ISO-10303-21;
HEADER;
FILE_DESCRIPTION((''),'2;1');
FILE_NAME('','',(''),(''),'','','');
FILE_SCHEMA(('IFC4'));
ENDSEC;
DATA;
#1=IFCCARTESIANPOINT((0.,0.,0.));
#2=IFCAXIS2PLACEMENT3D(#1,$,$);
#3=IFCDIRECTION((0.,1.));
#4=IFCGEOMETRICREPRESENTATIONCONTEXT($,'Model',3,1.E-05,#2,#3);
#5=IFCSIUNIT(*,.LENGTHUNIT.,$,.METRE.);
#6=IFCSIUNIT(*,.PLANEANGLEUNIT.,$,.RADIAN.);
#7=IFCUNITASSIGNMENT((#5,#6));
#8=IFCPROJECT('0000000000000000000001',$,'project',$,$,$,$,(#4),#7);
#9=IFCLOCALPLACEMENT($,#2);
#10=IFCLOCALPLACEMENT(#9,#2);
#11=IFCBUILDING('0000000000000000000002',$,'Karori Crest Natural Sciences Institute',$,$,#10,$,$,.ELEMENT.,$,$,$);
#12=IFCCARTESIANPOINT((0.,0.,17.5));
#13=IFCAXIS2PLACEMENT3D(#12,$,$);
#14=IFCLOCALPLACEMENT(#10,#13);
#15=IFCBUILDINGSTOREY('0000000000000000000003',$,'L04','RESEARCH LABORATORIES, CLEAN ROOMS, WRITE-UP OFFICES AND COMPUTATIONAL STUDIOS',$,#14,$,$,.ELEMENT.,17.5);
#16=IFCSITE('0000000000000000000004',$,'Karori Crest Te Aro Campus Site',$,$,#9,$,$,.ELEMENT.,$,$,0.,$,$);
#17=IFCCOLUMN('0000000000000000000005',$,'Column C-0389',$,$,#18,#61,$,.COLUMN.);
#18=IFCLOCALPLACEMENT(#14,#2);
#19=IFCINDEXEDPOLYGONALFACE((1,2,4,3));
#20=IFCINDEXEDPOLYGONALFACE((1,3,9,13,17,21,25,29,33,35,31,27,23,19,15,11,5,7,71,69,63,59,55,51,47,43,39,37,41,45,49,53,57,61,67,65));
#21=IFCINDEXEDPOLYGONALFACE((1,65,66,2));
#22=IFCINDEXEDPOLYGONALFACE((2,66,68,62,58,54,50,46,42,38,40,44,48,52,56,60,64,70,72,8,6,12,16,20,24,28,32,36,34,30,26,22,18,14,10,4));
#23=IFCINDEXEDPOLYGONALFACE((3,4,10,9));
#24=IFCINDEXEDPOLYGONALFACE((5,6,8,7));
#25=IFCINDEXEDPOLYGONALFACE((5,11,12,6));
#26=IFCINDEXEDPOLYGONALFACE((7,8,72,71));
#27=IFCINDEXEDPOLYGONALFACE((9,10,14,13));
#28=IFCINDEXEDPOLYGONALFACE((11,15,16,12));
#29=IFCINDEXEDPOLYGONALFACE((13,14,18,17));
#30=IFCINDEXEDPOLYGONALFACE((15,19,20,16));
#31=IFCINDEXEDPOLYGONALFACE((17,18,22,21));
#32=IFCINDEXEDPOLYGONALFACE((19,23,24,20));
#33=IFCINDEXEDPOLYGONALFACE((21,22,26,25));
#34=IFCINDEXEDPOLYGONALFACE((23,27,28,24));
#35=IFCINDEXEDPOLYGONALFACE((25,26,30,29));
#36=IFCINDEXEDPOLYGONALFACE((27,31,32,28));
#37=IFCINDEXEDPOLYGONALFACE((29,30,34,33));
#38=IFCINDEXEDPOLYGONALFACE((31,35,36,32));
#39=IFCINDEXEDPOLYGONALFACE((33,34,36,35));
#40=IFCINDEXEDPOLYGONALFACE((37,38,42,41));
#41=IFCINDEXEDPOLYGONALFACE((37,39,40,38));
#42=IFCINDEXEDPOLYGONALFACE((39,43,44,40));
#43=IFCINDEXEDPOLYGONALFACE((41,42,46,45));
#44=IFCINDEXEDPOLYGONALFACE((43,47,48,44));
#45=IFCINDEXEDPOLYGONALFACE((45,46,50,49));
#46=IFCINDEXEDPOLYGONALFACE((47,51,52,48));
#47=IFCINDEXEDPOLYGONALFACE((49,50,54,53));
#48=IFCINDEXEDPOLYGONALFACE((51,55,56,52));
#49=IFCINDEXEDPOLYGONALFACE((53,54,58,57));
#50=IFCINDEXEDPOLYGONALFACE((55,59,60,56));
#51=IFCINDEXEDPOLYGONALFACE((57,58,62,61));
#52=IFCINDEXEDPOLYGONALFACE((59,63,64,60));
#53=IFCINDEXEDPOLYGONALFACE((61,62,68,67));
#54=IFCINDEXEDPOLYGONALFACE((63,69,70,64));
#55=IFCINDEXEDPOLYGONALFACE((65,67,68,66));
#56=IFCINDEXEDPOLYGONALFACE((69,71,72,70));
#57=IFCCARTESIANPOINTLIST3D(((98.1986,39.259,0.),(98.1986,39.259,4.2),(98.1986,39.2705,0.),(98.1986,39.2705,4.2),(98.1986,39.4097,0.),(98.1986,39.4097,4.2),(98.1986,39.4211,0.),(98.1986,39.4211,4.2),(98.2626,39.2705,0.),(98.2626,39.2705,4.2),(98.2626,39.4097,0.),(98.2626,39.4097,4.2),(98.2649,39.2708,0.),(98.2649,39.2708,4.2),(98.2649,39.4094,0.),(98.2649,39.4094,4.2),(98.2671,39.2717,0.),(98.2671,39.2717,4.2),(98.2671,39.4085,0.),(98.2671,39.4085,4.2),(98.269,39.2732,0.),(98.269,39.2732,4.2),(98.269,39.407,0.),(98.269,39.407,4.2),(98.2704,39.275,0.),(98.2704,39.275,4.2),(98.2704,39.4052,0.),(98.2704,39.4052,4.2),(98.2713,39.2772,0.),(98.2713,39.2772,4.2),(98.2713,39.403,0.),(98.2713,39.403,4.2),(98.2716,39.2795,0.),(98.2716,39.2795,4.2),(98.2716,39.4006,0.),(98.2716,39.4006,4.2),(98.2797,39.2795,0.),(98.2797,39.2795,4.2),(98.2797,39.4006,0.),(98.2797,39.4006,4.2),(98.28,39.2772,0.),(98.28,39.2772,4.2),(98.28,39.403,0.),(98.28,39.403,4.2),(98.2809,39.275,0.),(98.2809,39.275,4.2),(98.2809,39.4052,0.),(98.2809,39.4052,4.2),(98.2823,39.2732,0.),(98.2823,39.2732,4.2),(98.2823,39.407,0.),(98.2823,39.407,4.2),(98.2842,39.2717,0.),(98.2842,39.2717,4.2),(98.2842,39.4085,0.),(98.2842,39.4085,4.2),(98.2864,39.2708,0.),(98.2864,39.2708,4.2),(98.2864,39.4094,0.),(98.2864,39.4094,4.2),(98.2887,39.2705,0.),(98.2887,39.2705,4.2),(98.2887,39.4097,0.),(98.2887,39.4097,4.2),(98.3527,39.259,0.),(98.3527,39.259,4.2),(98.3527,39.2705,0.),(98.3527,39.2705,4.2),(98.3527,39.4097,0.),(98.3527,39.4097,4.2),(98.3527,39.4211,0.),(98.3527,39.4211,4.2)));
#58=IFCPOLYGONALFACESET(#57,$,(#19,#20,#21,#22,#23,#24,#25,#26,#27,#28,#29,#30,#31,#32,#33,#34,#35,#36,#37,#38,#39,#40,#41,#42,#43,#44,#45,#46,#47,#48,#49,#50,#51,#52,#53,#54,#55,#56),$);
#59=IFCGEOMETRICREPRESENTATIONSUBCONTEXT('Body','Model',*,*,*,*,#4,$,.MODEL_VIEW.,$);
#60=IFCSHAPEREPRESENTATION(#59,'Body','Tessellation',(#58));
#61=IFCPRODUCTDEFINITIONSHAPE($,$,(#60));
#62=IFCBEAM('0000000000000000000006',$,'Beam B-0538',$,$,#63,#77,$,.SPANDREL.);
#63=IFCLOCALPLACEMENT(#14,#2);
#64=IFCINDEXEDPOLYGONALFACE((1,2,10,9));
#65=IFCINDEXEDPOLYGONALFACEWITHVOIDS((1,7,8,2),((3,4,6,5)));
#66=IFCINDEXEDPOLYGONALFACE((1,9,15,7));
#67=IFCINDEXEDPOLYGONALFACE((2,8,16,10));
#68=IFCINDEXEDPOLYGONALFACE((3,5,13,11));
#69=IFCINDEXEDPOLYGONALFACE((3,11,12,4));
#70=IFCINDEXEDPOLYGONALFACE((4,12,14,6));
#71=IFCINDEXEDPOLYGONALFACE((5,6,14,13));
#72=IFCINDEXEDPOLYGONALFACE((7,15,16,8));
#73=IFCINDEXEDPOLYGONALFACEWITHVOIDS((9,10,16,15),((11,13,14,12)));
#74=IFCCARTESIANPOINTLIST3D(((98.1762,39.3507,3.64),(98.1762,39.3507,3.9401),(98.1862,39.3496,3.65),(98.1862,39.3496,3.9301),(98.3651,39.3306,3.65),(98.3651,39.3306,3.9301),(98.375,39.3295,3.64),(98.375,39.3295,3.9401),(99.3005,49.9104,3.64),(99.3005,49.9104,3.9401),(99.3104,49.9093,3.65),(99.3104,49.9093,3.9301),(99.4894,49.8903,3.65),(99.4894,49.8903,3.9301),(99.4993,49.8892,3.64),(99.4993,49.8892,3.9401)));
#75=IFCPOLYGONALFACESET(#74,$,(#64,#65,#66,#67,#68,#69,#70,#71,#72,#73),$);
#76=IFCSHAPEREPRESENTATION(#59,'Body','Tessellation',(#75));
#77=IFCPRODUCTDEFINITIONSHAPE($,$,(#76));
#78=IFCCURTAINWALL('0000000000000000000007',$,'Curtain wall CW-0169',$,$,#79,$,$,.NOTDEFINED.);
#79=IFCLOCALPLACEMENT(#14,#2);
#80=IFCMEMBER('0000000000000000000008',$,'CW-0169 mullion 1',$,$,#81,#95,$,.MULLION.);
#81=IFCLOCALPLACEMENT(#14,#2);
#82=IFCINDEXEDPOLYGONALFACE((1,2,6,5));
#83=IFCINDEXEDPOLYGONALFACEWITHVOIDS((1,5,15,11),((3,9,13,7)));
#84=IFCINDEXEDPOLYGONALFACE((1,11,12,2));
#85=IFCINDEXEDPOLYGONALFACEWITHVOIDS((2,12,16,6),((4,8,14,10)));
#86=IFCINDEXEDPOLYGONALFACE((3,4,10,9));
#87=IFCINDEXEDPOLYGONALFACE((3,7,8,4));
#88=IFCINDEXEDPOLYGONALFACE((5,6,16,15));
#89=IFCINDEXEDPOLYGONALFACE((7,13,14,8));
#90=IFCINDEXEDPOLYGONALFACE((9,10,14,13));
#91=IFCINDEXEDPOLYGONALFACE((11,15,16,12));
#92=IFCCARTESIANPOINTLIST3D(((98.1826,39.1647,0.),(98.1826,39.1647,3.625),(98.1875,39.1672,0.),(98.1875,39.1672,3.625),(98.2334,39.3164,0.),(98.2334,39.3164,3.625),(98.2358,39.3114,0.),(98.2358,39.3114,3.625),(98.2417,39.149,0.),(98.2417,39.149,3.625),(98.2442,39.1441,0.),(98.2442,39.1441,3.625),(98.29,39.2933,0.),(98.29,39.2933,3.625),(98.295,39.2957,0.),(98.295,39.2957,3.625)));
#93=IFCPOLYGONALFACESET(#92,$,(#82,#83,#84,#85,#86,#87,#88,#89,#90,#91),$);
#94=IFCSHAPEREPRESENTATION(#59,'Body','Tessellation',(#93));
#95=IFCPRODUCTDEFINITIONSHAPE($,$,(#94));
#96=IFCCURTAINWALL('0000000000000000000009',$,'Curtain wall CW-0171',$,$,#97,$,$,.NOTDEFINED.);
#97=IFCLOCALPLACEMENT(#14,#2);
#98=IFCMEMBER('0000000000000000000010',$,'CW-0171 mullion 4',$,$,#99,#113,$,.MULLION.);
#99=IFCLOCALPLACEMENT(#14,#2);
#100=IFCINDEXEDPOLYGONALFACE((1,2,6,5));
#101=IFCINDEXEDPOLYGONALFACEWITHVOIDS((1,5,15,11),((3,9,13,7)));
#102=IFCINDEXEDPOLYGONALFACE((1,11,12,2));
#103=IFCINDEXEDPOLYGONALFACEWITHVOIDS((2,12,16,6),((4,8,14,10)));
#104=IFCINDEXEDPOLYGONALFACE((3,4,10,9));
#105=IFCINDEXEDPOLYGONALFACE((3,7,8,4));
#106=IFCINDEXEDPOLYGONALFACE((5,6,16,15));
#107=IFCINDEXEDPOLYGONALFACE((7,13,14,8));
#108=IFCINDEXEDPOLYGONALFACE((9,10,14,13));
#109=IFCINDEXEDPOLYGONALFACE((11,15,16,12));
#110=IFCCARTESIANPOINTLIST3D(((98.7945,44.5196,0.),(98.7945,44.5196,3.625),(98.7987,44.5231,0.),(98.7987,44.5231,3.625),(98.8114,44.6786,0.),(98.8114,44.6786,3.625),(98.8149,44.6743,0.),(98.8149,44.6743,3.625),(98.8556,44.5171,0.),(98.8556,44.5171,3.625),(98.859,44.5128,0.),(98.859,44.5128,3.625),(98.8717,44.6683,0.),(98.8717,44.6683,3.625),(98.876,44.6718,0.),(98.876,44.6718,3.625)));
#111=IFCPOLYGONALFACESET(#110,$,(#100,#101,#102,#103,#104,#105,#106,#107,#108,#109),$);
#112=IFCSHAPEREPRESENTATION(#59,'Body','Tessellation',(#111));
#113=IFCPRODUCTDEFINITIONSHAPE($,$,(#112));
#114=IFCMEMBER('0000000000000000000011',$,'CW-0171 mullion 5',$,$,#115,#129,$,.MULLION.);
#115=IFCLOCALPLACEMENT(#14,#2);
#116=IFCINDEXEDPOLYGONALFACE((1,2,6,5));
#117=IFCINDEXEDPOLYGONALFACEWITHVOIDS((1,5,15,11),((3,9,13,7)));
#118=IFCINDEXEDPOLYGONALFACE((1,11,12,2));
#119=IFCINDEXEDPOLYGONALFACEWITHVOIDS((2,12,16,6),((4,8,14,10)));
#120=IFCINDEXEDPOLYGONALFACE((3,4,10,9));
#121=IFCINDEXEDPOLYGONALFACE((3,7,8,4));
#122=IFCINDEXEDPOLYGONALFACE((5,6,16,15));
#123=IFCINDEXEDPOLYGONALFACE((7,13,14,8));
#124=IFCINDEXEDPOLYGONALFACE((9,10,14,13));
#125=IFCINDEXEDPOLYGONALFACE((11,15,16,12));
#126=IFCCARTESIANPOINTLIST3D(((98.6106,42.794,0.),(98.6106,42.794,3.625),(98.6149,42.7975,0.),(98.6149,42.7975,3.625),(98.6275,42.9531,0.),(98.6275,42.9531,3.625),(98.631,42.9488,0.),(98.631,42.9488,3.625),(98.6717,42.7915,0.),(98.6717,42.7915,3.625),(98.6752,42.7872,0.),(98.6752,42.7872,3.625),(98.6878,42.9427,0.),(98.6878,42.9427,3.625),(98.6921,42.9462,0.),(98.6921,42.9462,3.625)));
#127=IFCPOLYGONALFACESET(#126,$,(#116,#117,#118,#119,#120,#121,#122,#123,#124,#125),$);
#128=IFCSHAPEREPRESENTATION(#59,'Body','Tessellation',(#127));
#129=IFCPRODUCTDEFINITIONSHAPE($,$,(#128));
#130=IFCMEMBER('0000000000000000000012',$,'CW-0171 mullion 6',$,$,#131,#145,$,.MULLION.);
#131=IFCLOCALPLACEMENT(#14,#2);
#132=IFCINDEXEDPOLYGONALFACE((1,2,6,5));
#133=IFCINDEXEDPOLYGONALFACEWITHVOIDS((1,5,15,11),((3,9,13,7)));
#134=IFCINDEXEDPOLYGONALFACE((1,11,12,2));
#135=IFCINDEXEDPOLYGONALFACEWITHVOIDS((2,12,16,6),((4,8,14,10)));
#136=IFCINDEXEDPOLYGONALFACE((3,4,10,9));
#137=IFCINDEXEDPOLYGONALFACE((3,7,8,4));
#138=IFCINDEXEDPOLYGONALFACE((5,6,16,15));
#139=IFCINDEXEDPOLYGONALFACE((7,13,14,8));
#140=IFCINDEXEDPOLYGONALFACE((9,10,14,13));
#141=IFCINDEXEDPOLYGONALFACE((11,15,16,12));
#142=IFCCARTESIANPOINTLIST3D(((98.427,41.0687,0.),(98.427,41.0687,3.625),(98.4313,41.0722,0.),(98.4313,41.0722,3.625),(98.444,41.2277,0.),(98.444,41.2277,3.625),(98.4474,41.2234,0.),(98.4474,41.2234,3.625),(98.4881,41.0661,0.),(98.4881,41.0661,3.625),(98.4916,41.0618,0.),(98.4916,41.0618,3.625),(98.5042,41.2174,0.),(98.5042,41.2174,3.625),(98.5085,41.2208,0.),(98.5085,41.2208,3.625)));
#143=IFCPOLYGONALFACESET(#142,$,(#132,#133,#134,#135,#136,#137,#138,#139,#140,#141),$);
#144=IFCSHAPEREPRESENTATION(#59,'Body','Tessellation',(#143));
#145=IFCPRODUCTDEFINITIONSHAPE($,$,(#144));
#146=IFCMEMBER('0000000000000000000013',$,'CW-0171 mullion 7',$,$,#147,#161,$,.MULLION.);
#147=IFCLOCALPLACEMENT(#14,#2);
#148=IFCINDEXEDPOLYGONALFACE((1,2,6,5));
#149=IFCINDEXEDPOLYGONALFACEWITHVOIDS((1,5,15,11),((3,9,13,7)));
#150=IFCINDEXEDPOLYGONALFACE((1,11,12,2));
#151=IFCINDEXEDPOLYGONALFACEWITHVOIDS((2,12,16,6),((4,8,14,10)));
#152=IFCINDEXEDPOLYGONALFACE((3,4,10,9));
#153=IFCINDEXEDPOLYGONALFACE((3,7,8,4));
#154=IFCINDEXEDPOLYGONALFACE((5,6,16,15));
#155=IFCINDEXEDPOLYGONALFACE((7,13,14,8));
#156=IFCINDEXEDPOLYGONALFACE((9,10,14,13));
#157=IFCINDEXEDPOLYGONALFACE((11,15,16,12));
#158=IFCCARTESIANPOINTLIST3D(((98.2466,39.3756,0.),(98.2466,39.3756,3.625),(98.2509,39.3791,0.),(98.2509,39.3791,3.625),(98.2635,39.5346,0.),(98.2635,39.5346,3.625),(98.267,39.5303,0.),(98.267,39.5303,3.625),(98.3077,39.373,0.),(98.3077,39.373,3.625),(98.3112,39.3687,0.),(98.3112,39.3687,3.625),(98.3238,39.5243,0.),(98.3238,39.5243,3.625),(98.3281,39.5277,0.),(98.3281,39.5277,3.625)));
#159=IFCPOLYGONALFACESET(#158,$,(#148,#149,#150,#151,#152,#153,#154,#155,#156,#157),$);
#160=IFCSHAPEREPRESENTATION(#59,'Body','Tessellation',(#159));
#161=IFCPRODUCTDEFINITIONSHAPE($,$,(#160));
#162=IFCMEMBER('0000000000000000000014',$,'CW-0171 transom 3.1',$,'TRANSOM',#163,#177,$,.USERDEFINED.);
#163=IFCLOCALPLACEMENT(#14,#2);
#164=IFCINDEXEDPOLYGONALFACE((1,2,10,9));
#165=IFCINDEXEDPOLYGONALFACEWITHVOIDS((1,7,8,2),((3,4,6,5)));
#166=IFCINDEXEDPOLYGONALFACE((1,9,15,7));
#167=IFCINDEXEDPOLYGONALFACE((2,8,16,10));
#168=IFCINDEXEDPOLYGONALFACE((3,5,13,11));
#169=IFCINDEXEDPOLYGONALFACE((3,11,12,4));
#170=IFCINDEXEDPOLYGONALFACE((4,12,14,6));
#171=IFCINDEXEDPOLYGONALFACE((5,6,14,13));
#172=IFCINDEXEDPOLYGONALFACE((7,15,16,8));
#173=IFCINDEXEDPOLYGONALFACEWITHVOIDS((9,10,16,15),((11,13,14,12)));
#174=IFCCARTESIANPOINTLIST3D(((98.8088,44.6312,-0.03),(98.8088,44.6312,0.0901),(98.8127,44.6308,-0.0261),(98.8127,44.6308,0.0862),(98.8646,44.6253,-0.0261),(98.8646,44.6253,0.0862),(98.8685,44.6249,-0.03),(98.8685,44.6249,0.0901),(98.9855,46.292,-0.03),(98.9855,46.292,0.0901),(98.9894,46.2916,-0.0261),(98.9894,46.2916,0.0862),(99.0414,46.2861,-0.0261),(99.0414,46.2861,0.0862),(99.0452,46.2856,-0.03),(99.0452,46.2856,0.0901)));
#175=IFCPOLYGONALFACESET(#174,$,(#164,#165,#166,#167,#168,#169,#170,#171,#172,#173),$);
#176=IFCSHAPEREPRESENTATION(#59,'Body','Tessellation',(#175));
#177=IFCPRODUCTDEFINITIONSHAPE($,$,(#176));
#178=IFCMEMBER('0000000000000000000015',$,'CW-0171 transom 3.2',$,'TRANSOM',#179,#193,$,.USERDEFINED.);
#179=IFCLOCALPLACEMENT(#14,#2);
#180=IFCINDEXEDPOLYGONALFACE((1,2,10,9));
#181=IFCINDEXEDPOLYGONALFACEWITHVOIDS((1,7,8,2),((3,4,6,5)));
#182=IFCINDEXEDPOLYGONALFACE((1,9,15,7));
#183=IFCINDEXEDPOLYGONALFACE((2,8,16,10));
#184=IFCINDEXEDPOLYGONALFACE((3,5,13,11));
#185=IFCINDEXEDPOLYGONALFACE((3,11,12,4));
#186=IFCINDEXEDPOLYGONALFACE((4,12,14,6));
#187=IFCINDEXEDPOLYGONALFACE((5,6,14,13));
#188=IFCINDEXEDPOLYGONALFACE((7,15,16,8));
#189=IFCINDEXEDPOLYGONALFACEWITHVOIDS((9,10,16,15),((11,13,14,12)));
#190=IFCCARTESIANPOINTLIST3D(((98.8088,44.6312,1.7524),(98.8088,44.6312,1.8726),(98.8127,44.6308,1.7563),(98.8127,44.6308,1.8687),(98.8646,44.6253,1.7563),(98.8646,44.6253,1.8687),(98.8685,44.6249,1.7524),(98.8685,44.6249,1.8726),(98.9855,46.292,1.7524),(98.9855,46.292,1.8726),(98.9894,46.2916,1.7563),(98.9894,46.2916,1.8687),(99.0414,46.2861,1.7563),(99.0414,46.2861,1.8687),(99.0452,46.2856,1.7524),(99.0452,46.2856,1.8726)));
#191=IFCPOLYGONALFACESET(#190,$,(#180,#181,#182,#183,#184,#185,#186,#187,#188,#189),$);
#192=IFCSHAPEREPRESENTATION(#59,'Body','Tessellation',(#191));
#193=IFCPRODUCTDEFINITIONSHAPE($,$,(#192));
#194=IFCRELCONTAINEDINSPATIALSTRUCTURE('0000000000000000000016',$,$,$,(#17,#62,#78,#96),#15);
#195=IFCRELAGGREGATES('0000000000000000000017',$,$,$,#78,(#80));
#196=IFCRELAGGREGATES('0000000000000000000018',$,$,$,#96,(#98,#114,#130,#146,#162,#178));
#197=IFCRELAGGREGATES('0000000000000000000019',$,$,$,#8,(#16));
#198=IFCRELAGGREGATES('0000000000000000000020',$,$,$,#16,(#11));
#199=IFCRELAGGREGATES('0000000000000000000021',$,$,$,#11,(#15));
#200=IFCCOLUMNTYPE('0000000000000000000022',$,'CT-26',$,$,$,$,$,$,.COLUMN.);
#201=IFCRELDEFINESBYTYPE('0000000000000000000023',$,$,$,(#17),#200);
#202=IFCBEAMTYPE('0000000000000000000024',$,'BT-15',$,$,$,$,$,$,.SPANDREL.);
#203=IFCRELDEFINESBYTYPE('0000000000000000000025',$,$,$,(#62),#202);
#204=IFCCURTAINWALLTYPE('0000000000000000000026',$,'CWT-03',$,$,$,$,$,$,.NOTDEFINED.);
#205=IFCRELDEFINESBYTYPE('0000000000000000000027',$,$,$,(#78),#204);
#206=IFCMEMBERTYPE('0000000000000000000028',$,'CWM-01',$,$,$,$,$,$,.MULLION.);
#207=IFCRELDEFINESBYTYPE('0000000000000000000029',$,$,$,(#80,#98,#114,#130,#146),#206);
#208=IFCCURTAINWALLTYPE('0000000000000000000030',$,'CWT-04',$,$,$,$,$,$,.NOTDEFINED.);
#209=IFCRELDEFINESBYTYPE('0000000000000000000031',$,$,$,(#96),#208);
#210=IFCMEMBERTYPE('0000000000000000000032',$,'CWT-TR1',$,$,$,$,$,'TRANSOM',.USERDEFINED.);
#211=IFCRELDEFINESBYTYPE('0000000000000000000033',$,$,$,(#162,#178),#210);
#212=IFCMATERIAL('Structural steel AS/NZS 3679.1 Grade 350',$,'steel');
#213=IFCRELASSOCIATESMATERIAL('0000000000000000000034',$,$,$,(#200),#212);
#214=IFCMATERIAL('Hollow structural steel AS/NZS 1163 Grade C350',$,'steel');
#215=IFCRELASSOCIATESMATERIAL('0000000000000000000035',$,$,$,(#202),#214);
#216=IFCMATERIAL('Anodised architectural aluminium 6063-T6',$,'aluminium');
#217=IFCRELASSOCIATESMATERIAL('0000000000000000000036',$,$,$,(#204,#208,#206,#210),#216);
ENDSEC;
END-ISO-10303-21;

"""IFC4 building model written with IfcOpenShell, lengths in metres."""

from ifc_helpers import new_model, si_unit, direction, frame, origin, origin_2d, place, context, subcontext, project, spatial, hollow_rectangle, i_section, extrude, material, material_profile, profile_set, type_object, element, aggregate, save


model = new_model("IFC4")

# Units and contexts
model_context = context("Model", 3, precision=1e-05, world=origin(), true_north=direction((0.0, 1.0)))
body_context = subcontext(model_context, "Body", "Model", "MODEL_VIEW")
ifc_project = project(units=[si_unit("LENGTHUNIT", "METRE"), si_unit("PLANEANGLEUNIT", "RADIAN")], contexts=[model_context])

# Site, building, storey
site_placement = place(None, origin())
site = spatial("IfcSite", under=ifc_project, at=site_placement, Name="Karori Crest Te Aro Campus Site", CompositionType="ELEMENT", RefElevation=0.0)
building_placement = place(site_placement, origin())
building = spatial("IfcBuilding", under=site, at=building_placement, Name="Karori Crest Natural Sciences Institute", CompositionType="ELEMENT")
storey_placement = place(building_placement, frame((0.0, 0.0, 17.5)))
storey = spatial("IfcBuildingStorey", under=building, at=storey_placement, Name="L04", Description="RESEARCH LABORATORIES, CLEAN ROOMS, WRITE-UP OFFICES AND COMPUTATIONAL STUDIOS", CompositionType="ELEMENT", Elevation=17.5)

# Column
ifc_material_1 = material(Name="Structural steel AS/NZS 3679.1 Grade 350", Category="steel")
ifc_material_profile_1 = material_profile(ifc_material_1, i_section(OverallWidth=0.1541, OverallDepth=0.1621, WebThickness=0.0081, FlangeThickness=0.0115, FilletRadius=0.009, at=origin_2d()), Name="150UC37.2")
ifc_profile_set_1 = profile_set([ifc_material_profile_1], Name="Structural steel AS/NZS 3679.1 Grade 350")
column_type = type_object("IfcColumnType", Name="CT-26", PredefinedType="COLUMN", material=ifc_profile_set_1)
column_placement = place(storey_placement, frame((98.2756, 39.3401, 0.0), z_axis=(0.0, 0.0, 1.0), x_axis=(1.0, 0.0, 0.0)))
element("IfcColumn", 1, at=column_placement, inside=storey, type_object=column_type, Name="Column C-0389", PredefinedType="COLUMN", context=body_context, shape_type="SweptSolid", body=[
    extrude(i_section(OverallWidth=0.1541, OverallDepth=0.1621, WebThickness=0.0081, FlangeThickness=0.0115, FilletRadius=0.009, at=origin_2d()), origin(), (0.0, 0.0, 1.0), 4.2),
])

# Beam
ifc_material_2 = material(Name="Hollow structural steel AS/NZS 1163 Grade C350", Category="steel")
ifc_material_profile_2 = material_profile(ifc_material_2, hollow_rectangle(XDim=0.2, YDim=0.3, WallThickness=0.01, at=origin_2d()), Name="RHS300x200x10")
ifc_profile_set_2 = profile_set([ifc_material_profile_2], Name="Hollow structural steel AS/NZS 1163 Grade C350")
beam_type = type_object("IfcBeamType", Name="BT-15", PredefinedType="SPANDREL", material=ifc_profile_set_2)
beam_placement = place(storey_placement, frame((98.2756, 39.3401, 3.79), z_axis=(0.105868, 0.99438, 0.0), x_axis=(-0.99438, 0.105868, 0.0)))
element("IfcBeam", 2, at=beam_placement, inside=storey, type_object=beam_type, Name="Beam B-0538", PredefinedType="SPANDREL", context=body_context, shape_type="SweptSolid", body=[
    extrude(hollow_rectangle(XDim=0.2, YDim=0.3, WallThickness=0.01, at=origin_2d()), origin(), (0.0, 0.0, 1.0), 10.6194),
])

# Curtain wall, member
ifc_material_3 = material(Name="Anodised architectural aluminium 6063-T6", Category="aluminium")
curtain_wall_type_1 = type_object("IfcCurtainWallType", Name="CWT-03", PredefinedType="NOTDEFINED", material=ifc_material_3)
curtain_wall_1_placement = place(storey_placement, origin())
curtain_wall_1 = element("IfcCurtainWall", 3, at=curtain_wall_1_placement, inside=storey, type_object=curtain_wall_type_1, Name="Curtain wall CW-0169", PredefinedType="NOTDEFINED")
ifc_material_profile_3 = material_profile(ifc_material_3, hollow_rectangle(XDim=0.0649, YDim=0.1599, WallThickness=0.0039, at=origin_2d()), Name="CWM160x65x4")
ifc_profile_set_3 = profile_set([ifc_material_profile_3], Name="Anodised architectural aluminium 6063-T6")
member_type_1 = type_object("IfcMemberType", Name="CWM-01", PredefinedType="MULLION", material=ifc_profile_set_3)
member_1_placement = place(storey_placement, frame((98.2388, 39.2302, 0.0), z_axis=(0.0, 0.0, 1.0), x_axis=(0.948198, -0.31768, 0.0)))
member_1 = element("IfcMember", 4, at=member_1_placement, type_object=member_type_1, Name="CW-0169 mullion 1", PredefinedType="MULLION", context=body_context, shape_type="SweptSolid", body=[
    extrude(hollow_rectangle(XDim=0.0649, YDim=0.1599, WallThickness=0.0039, at=origin_2d()), origin(), (0.0, 0.0, 1.0), 3.625),
])

# Curtain wall, members
curtain_wall_type_2 = type_object("IfcCurtainWallType", Name="CWT-04", PredefinedType="NOTDEFINED", material=ifc_material_3)
curtain_wall_2_placement = place(storey_placement, origin())
curtain_wall_2 = element("IfcCurtainWall", 5, at=curtain_wall_2_placement, inside=storey, type_object=curtain_wall_type_2, Name="Curtain wall CW-0171", PredefinedType="NOTDEFINED")
member_2_placement = place(storey_placement, frame((98.8352, 44.5957, 0.0), z_axis=(0.0, 0.0, 1.0), x_axis=(0.994378, -0.105886, 0.0)))
member_2 = element("IfcMember", 6, at=member_2_placement, type_object=member_type_1, Name="CW-0171 mullion 4", PredefinedType="MULLION", context=body_context, shape_type="SweptSolid", body=[
    extrude(hollow_rectangle(XDim=0.0649, YDim=0.1599, WallThickness=0.0039, at=origin_2d()), origin(), (0.0, 0.0, 1.0), 3.625),
])
member_3_placement = place(storey_placement, frame((98.6514, 42.8701, 0.0), z_axis=(0.0, 0.0, 1.0), x_axis=(0.994378, -0.105886, 0.0)))
member_3 = element("IfcMember", 7, at=member_3_placement, type_object=member_type_1, Name="CW-0171 mullion 5", PredefinedType="MULLION", context=body_context, shape_type="SweptSolid", body=[
    extrude(hollow_rectangle(XDim=0.0649, YDim=0.1599, WallThickness=0.0039, at=origin_2d()), origin(), (0.0, 0.0, 1.0), 3.625),
])
member_4_placement = place(storey_placement, frame((98.4678, 41.1448, 0.0), z_axis=(0.0, 0.0, 1.0), x_axis=(0.994378, -0.105886, 0.0)))
member_4 = element("IfcMember", 8, at=member_4_placement, type_object=member_type_1, Name="CW-0171 mullion 6", PredefinedType="MULLION", context=body_context, shape_type="SweptSolid", body=[
    extrude(hollow_rectangle(XDim=0.0649, YDim=0.1599, WallThickness=0.0039, at=origin_2d()), origin(), (0.0, 0.0, 1.0), 3.625),
])
member_5_placement = place(storey_placement, frame((98.2874, 39.4517, 0.0), z_axis=(0.0, 0.0, 1.0), x_axis=(0.994378, -0.105886, 0.0)))
member_5 = element("IfcMember", 9, at=member_5_placement, type_object=member_type_1, Name="CW-0171 mullion 7", PredefinedType="MULLION", context=body_context, shape_type="SweptSolid", body=[
    extrude(hollow_rectangle(XDim=0.0649, YDim=0.1599, WallThickness=0.0039, at=origin_2d()), origin(), (0.0, 0.0, 1.0), 3.625),
])
ifc_material_profile_4 = material_profile(ifc_material_3, hollow_rectangle(XDim=0.0601, YDim=0.1201, WallThickness=0.0039, at=origin_2d()), Name="CWT120x60x4")
ifc_profile_set_4 = profile_set([ifc_material_profile_4], Name="Anodised architectural aluminium 6063-T6")
member_type_2 = type_object("IfcMemberType", Name="CWT-TR1", ElementType="TRANSOM", PredefinedType="USERDEFINED", material=ifc_profile_set_4)
member_6_placement = place(storey_placement, frame((99.0154, 46.2888, 0.03), z_axis=(-0.105826, -0.994385, 0.0), x_axis=(0.994385, -0.105826, 0.0)))
member_6 = element("IfcMember", 10, at=member_6_placement, type_object=member_type_2, Name="CW-0171 transom 3.1", ObjectType="TRANSOM", PredefinedType="USERDEFINED", context=body_context, shape_type="SweptSolid", body=[
    extrude(hollow_rectangle(XDim=0.0601, YDim=0.1201, WallThickness=0.0039, at=origin_2d()), origin(), (0.0, 0.0, 1.0), 1.6702),
])
member_7_placement = place(storey_placement, frame((99.0154, 46.2888, 1.8125), z_axis=(-0.105826, -0.994385, 0.0), x_axis=(0.994385, -0.105826, 0.0)))
member_7 = element("IfcMember", 11, at=member_7_placement, type_object=member_type_2, Name="CW-0171 transom 3.2", ObjectType="TRANSOM", PredefinedType="USERDEFINED", context=body_context, shape_type="SweptSolid", body=[
    extrude(hollow_rectangle(XDim=0.0601, YDim=0.1201, WallThickness=0.0039, at=origin_2d()), origin(), (0.0, 0.0, 1.0), 1.6702),
])

aggregate(curtain_wall_1, [member_1])

aggregate(curtain_wall_2, [member_2, member_3, member_4, member_5, member_6, member_7])

save(model, "model.ifc")
